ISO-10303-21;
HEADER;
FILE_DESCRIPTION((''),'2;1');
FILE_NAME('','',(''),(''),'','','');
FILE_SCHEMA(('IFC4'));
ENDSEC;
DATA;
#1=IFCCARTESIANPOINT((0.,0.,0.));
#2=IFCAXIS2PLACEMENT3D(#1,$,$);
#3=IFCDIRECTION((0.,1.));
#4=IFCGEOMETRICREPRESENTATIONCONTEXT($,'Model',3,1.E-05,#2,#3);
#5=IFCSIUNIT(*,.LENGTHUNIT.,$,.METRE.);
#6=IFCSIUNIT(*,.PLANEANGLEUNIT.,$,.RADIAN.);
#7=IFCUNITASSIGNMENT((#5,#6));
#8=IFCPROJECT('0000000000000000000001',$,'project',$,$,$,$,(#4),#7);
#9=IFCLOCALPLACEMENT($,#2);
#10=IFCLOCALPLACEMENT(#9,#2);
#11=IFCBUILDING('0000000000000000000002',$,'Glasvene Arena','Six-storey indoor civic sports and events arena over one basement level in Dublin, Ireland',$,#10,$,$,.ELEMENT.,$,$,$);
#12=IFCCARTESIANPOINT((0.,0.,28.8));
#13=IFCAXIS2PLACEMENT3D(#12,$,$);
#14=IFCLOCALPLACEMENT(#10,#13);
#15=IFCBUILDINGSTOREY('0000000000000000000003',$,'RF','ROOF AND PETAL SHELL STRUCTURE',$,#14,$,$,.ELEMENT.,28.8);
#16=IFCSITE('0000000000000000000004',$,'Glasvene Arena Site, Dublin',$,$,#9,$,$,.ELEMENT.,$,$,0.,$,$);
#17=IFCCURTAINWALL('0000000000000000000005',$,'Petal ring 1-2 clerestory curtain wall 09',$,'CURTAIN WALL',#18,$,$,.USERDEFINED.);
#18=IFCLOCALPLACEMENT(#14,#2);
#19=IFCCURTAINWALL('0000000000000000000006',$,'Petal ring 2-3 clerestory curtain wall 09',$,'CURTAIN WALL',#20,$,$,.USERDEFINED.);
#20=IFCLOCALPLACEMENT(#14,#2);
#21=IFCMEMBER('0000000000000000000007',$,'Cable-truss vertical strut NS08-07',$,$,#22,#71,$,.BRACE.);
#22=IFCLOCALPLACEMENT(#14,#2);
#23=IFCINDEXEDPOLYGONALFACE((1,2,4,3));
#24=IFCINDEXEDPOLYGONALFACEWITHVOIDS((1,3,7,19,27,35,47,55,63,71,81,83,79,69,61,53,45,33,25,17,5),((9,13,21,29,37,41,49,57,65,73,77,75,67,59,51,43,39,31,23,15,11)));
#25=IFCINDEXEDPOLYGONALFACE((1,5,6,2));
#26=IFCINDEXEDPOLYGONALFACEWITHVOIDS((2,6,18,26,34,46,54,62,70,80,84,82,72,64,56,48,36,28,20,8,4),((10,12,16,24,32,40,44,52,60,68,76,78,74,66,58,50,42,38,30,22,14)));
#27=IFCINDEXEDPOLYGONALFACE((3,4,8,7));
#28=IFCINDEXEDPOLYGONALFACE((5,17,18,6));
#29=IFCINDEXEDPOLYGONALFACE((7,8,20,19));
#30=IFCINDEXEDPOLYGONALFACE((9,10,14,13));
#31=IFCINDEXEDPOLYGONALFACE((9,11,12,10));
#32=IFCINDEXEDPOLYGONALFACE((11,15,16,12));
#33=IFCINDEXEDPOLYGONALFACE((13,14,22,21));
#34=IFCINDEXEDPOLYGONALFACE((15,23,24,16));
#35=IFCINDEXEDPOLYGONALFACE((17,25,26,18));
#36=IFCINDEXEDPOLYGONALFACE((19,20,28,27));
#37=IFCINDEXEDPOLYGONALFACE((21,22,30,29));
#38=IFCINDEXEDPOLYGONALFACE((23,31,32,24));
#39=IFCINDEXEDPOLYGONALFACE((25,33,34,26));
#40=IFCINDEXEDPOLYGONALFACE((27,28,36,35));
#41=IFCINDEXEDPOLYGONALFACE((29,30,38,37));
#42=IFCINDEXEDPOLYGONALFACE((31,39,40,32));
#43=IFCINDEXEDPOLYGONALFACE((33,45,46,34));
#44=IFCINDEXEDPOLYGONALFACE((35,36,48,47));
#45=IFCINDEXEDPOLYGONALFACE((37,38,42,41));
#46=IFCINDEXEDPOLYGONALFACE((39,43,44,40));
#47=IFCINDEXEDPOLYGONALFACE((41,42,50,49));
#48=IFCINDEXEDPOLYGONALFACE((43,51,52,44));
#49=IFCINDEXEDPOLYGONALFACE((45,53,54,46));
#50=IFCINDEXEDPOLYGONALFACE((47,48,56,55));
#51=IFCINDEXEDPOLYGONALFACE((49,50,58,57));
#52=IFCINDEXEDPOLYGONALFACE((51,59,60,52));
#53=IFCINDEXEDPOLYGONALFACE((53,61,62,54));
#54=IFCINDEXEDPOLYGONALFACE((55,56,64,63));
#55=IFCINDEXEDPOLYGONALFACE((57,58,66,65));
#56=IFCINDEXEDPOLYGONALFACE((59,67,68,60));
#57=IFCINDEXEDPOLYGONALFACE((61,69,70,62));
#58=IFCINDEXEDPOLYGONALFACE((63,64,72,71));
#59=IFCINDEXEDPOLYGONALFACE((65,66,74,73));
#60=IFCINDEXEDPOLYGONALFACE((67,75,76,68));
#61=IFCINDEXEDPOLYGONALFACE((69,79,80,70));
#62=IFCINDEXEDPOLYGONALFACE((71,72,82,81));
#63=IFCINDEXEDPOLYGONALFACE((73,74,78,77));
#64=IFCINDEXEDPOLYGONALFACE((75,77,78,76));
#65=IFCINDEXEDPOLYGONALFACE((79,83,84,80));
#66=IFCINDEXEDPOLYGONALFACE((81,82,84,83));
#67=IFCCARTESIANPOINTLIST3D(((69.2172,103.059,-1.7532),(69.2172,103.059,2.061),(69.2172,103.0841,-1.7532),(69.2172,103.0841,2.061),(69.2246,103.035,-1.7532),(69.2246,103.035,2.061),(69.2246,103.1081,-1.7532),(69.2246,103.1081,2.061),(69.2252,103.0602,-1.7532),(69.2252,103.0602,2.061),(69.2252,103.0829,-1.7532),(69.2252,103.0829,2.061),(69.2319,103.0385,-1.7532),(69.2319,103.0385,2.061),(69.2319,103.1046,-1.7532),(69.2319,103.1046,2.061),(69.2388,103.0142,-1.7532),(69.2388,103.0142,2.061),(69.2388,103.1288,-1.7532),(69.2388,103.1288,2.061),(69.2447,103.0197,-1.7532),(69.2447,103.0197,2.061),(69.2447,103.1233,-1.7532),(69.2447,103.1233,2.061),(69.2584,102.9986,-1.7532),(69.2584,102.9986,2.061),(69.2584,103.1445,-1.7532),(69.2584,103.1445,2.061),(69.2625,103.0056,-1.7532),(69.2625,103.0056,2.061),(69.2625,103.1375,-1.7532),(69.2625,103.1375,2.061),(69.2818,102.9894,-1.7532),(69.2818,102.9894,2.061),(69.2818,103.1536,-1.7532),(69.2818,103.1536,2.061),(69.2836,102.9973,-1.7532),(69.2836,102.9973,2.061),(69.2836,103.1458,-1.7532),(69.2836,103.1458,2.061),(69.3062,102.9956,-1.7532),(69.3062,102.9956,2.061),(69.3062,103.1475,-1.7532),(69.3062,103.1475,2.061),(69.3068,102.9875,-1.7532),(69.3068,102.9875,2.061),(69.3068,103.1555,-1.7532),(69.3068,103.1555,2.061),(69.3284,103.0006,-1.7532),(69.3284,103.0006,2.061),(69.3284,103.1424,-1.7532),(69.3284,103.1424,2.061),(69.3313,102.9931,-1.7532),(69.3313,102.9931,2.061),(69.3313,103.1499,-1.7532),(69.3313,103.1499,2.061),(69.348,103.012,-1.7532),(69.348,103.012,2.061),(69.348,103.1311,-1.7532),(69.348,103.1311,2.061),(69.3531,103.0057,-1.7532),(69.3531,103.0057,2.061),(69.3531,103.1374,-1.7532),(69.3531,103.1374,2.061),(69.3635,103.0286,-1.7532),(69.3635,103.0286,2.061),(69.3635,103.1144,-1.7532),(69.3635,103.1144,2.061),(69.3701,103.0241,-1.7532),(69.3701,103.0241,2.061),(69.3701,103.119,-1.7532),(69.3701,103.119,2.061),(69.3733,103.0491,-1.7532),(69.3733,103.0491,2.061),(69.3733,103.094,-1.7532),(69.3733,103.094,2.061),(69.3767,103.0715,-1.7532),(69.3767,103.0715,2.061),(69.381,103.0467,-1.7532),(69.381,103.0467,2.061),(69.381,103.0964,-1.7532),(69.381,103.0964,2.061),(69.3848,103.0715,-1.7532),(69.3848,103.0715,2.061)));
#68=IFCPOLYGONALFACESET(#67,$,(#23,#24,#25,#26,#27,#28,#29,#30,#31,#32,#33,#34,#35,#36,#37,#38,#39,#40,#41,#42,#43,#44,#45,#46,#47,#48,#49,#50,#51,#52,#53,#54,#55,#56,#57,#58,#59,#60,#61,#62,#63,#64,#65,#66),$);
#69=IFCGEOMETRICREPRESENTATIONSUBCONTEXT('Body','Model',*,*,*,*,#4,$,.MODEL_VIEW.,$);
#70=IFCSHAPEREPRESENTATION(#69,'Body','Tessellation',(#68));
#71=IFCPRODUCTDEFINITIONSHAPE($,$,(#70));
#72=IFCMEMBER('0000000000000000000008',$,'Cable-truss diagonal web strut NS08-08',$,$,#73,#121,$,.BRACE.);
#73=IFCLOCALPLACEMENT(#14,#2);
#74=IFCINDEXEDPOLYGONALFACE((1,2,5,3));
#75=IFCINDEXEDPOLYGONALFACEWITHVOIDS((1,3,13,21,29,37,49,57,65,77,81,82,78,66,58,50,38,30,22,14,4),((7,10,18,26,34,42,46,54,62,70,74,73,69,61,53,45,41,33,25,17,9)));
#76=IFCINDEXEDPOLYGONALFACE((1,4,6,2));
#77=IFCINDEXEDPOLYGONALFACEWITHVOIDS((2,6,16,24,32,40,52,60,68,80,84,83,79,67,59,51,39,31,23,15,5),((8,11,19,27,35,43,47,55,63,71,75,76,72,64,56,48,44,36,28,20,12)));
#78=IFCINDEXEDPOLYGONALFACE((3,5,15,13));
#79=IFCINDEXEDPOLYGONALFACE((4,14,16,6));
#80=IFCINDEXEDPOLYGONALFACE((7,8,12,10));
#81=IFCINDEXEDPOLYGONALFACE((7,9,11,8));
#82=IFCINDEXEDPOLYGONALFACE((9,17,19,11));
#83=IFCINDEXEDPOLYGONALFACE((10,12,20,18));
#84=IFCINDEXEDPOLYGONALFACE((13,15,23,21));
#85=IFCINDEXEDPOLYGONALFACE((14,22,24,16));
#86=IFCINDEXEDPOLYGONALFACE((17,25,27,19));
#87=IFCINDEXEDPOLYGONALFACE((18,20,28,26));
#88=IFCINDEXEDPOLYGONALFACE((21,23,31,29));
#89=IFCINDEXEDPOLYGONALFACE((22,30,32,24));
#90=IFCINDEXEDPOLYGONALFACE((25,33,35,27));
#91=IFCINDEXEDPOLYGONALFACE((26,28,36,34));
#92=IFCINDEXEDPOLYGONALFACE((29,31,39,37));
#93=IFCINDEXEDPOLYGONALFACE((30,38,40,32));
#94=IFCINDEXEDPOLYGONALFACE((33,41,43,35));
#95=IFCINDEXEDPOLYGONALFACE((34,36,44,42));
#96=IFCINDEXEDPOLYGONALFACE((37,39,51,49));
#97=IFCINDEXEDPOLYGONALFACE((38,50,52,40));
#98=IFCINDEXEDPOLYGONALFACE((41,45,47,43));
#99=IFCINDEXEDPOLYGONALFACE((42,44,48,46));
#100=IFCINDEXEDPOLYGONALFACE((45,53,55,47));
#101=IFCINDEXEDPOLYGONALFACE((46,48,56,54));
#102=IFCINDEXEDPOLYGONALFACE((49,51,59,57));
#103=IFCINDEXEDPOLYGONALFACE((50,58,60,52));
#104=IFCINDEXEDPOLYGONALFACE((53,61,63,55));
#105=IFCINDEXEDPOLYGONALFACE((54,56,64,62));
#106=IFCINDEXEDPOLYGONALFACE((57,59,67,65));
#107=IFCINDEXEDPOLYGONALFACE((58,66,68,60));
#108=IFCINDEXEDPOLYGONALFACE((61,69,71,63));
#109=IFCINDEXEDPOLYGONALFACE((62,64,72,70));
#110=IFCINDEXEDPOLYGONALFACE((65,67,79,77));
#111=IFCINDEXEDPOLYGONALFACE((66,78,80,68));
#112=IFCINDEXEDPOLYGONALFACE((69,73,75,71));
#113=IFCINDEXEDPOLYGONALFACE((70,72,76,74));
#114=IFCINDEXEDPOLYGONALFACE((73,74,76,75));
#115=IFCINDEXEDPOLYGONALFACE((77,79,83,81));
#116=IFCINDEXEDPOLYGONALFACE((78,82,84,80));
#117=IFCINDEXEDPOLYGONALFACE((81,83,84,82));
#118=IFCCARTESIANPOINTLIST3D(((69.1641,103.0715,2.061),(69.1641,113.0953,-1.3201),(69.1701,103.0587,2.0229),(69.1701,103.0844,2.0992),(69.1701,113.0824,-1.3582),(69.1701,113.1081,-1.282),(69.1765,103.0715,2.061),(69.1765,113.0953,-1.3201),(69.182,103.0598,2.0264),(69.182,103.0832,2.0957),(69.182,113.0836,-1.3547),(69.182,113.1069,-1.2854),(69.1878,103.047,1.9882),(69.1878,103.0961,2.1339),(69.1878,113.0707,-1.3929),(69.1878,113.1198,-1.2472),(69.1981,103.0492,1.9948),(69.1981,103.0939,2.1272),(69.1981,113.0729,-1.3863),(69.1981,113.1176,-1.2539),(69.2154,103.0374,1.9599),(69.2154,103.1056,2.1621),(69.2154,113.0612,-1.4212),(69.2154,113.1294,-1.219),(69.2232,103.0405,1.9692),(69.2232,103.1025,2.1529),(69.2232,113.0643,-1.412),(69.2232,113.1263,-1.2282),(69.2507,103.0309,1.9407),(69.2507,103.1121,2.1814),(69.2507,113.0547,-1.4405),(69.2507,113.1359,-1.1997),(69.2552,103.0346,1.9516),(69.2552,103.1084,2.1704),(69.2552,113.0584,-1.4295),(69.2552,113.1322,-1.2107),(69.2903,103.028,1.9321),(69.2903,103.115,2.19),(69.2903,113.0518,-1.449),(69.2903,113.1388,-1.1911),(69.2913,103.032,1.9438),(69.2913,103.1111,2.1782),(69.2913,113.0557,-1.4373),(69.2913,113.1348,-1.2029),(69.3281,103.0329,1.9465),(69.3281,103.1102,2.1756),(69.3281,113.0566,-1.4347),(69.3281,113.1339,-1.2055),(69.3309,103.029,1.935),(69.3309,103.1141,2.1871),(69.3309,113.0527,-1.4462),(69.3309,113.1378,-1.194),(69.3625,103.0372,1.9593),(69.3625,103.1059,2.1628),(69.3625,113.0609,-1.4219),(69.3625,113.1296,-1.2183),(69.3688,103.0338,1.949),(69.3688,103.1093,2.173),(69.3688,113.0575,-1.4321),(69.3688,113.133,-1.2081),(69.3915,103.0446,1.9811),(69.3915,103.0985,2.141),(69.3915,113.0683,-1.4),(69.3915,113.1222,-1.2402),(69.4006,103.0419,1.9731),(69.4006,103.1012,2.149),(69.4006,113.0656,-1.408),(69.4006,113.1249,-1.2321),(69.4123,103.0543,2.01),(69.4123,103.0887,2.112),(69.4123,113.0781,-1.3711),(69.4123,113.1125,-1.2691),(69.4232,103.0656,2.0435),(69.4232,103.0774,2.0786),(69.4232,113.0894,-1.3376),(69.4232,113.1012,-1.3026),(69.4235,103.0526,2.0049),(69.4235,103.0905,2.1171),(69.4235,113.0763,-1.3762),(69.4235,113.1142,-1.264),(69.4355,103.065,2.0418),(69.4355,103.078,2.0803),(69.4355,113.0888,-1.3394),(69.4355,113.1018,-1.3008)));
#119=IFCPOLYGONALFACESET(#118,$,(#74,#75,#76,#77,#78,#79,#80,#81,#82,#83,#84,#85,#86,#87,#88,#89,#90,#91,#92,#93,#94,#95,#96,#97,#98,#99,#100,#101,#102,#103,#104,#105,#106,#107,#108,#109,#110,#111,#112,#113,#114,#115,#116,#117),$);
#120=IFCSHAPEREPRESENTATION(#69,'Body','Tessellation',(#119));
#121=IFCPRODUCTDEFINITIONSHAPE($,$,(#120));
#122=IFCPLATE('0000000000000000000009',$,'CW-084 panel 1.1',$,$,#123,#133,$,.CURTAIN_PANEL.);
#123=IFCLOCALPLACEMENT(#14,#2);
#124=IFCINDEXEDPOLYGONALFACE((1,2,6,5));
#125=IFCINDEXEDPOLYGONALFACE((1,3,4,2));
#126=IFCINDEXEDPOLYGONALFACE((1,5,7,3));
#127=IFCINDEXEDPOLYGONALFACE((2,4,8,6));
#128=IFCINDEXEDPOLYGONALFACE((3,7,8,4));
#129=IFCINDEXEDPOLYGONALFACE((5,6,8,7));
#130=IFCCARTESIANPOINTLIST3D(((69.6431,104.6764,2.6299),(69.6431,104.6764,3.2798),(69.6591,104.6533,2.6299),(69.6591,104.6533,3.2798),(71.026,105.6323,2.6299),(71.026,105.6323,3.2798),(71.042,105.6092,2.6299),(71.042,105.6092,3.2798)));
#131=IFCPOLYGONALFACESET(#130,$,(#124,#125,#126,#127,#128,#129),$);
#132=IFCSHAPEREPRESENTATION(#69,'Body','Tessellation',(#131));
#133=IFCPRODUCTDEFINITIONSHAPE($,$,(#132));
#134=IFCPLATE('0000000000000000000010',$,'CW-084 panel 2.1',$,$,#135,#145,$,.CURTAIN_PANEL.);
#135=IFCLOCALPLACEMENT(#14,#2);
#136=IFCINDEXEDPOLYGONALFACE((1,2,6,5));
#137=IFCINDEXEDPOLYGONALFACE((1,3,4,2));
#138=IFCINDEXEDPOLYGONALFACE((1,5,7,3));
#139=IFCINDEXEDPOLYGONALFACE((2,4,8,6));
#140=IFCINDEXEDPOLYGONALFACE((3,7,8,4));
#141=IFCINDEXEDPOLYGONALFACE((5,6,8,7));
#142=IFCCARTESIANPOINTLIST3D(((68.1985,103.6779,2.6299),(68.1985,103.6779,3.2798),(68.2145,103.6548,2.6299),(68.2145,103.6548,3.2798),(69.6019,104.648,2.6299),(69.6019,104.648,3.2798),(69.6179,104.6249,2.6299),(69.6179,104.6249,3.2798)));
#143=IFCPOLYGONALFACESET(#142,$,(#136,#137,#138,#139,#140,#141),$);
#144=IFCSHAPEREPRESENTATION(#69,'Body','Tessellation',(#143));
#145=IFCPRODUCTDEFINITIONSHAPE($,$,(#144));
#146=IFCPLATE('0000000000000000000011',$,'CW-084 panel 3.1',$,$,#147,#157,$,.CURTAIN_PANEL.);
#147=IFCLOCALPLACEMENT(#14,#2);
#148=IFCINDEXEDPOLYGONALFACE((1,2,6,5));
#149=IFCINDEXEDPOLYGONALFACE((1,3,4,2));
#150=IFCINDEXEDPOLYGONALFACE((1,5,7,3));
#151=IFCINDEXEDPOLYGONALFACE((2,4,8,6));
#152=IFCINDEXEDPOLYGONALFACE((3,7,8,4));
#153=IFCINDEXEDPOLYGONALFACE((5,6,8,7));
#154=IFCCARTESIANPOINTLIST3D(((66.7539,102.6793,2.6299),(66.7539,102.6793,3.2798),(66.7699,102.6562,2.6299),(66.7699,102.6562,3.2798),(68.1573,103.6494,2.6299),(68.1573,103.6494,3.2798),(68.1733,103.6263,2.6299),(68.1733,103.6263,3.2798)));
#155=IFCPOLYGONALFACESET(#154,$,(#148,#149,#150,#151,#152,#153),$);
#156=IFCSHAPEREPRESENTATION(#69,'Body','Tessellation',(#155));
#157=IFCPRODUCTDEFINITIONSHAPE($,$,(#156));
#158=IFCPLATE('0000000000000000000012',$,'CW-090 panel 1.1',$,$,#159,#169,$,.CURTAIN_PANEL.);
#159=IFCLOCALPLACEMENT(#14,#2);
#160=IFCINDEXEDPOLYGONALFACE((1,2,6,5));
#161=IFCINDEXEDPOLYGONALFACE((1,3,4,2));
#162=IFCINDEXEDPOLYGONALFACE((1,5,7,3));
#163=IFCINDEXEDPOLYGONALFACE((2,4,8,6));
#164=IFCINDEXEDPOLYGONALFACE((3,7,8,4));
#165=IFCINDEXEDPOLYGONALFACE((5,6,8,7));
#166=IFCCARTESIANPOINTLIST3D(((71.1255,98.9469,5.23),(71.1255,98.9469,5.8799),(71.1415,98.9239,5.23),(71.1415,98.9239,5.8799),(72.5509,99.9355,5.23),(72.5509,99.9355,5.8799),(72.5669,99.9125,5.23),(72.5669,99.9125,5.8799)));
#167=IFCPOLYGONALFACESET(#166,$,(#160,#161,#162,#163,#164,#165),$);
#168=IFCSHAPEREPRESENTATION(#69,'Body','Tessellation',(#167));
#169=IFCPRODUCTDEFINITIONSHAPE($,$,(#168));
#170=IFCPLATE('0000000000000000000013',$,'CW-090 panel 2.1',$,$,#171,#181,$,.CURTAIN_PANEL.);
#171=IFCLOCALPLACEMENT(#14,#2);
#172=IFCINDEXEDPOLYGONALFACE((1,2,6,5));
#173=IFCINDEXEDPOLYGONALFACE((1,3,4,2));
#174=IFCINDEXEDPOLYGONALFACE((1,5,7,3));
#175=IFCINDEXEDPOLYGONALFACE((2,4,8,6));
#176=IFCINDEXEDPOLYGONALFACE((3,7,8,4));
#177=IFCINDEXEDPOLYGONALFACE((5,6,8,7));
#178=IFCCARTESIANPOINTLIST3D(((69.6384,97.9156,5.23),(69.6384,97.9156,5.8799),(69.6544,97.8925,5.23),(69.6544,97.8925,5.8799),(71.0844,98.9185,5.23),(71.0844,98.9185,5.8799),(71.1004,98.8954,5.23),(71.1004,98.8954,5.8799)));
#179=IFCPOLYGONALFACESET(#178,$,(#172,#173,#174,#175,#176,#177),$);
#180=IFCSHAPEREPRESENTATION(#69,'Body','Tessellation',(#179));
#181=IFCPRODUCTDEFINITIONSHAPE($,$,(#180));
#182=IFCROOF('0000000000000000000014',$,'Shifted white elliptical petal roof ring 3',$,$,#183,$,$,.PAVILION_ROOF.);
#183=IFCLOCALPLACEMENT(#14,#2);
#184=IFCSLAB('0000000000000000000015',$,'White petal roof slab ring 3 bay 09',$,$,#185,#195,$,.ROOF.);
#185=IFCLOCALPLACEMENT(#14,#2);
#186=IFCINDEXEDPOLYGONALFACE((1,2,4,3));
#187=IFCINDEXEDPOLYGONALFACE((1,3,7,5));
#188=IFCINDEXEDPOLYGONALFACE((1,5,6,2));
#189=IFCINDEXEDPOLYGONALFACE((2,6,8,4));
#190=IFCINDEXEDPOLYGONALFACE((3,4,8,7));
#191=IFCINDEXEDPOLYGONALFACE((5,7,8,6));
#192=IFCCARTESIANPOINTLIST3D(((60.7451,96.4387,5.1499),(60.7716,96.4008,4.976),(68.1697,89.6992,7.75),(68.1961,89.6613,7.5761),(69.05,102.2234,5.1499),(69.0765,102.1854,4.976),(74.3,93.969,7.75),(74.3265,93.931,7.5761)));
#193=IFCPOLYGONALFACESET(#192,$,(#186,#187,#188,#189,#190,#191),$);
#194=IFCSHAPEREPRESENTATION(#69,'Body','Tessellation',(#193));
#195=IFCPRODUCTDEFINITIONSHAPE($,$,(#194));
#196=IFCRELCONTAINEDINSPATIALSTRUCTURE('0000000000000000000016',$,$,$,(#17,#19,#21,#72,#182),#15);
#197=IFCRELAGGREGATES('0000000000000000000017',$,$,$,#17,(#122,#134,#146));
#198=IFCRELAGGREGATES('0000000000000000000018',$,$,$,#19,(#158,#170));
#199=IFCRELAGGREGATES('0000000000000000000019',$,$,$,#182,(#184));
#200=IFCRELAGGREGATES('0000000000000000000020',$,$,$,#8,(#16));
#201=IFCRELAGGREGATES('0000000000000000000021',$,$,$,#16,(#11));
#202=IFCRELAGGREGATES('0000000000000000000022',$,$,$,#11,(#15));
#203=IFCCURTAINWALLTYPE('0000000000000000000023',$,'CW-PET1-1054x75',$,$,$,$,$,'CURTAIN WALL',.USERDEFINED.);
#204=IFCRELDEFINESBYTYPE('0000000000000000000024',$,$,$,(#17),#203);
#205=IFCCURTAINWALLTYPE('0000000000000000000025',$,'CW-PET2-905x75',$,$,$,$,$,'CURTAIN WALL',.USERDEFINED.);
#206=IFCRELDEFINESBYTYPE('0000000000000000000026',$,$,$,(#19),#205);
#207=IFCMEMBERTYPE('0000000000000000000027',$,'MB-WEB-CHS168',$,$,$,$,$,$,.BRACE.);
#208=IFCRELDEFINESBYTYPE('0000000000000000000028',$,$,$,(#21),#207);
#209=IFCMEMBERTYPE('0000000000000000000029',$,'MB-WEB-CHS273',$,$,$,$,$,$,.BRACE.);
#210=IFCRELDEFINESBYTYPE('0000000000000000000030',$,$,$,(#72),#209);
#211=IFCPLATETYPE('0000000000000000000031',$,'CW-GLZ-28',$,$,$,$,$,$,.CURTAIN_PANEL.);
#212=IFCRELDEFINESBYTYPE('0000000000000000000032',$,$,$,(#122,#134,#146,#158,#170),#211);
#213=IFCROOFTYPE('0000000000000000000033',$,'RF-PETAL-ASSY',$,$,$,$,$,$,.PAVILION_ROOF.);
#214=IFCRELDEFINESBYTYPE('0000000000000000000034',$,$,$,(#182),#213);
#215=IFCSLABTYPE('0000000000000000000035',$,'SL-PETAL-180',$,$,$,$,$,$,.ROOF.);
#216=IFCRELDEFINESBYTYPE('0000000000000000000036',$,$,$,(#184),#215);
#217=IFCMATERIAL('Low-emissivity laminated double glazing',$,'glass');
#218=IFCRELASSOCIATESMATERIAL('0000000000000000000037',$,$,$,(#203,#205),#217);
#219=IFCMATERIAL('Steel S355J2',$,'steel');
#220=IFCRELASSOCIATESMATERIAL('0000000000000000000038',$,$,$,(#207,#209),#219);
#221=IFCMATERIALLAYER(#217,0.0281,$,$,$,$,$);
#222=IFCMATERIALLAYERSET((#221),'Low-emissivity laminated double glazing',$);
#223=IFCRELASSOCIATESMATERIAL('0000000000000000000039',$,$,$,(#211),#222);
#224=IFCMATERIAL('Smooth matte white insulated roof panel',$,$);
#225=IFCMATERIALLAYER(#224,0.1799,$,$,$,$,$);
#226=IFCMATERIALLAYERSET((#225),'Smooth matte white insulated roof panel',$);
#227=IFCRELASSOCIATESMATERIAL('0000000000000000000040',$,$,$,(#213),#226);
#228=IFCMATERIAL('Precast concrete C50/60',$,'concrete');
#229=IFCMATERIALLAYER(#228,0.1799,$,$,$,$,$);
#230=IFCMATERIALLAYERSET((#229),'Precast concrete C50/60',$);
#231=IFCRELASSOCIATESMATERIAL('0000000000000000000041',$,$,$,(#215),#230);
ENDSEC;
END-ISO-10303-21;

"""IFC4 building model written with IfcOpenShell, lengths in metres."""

from ifc_helpers import new_model, si_unit, direction, frame, origin, origin_2d, place, context, subcontext, project, spatial, polyline, rectangle, hollow_circle, outline, extrude, material, layer, layer_set, material_profile, profile_set, type_object, element, aggregate, save


model = new_model("IFC4")

# Units and contexts
model_context = context("Model", 3, precision=1e-05, world=origin(), true_north=direction((0.0, 1.0)))
body_context = subcontext(model_context, "Body", "Model", "MODEL_VIEW")
ifc_project = project(units=[si_unit("LENGTHUNIT", "METRE"), si_unit("PLANEANGLEUNIT", "RADIAN")], contexts=[model_context])

# Site, building, storey
site_placement = place(None, origin())
site = spatial("IfcSite", under=ifc_project, at=site_placement, Name="Glasvene Arena Site, Dublin", CompositionType="ELEMENT", RefElevation=0.0)
building_placement = place(site_placement, origin())
building = spatial("IfcBuilding", under=site, at=building_placement, Name="Glasvene Arena", Description="Six-storey indoor civic sports and events arena over one basement level in Dublin, Ireland", CompositionType="ELEMENT")
storey_placement = place(building_placement, frame((0.0, 0.0, 28.8)))
storey = spatial("IfcBuildingStorey", under=building, at=storey_placement, Name="RF", Description="ROOF AND PETAL SHELL STRUCTURE", CompositionType="ELEMENT", Elevation=28.8)

# Shared definitions
ifc_material_1 = material(Name="Low-emissivity laminated double glazing", Category="glass")

# Curtain wall
curtain_wall_type_1 = type_object("IfcCurtainWallType", Name="CW-PET1-1054x75", ElementType="CURTAIN WALL", PredefinedType="USERDEFINED", material=ifc_material_1)
curtain_wall_1_placement = place(storey_placement, frame((71.075, 105.6492, 0.0)))
curtain_wall_1 = element("IfcCurtainWall", 1, at=curtain_wall_1_placement, inside=storey, type_object=curtain_wall_type_1, Name="Petal ring 1-2 clerestory curtain wall 09", ObjectType="CURTAIN WALL", PredefinedType="USERDEFINED")

# Curtain wall
curtain_wall_type_2 = type_object("IfcCurtainWallType", Name="CW-PET2-905x75", ElementType="CURTAIN WALL", PredefinedType="USERDEFINED", material=ifc_material_1)
curtain_wall_2_placement = place(storey_placement, frame((72.6001, 99.9524, 0.0)))
curtain_wall_2 = element("IfcCurtainWall", 2, at=curtain_wall_2_placement, inside=storey, type_object=curtain_wall_type_2, Name="Petal ring 2-3 clerestory curtain wall 09", ObjectType="CURTAIN WALL", PredefinedType="USERDEFINED")

# Members
ifc_material_2 = material(Name="Steel S355J2", Category="steel")
ifc_material_profile_1 = material_profile(ifc_material_2, hollow_circle(Radius=0.0842, WallThickness=0.0081, at=origin_2d()), Name="CHS 168.3x8.0")
ifc_profile_set_1 = profile_set([ifc_material_profile_1], Name="Steel S355J2")
member_type_1 = type_object("IfcMemberType", Name="MB-WEB-CHS168", PredefinedType="BRACE", material=ifc_profile_set_1)
member_1_placement = place(storey_placement, frame((69.3005, 103.0715, -1.7532), z_axis=(0.0, 0.0, 1.0), x_axis=(1.0, 0.0, 0.0)))
element("IfcMember", 3, at=member_1_placement, inside=storey, type_object=member_type_1, Name="Cable-truss vertical strut NS08-07", PredefinedType="BRACE", context=body_context, shape_type="SweptSolid", body=[
    extrude(hollow_circle(Radius=0.0842, WallThickness=0.0081, at=origin_2d()), origin(), (0.0, 0.0, 1.0), 3.8142),
])
ifc_material_profile_2 = material_profile(ifc_material_2, hollow_circle(Radius=0.1365, WallThickness=0.0125, at=origin_2d()), Name="CHS 273.0x12.5")
ifc_profile_set_2 = profile_set([ifc_material_profile_2], Name="Steel S355J2")
member_type_2 = type_object("IfcMemberType", Name="MB-WEB-CHS273", PredefinedType="BRACE", material=ifc_profile_set_2)
member_2_placement = place(storey_placement, frame((69.3005, 103.0715, 2.061), z_axis=(0.0, 0.947546, -0.319618), x_axis=(-1.0, 0.0, 0.0)))
element("IfcMember", 4, at=member_2_placement, inside=storey, type_object=member_type_2, Name="Cable-truss diagonal web strut NS08-08", PredefinedType="BRACE", context=body_context, shape_type="SweptSolid", body=[
    extrude(hollow_circle(Radius=0.1365, WallThickness=0.0125, at=origin_2d()), origin(), (0.0, 0.0, 1.0), 10.5786),
])

# Plates
ifc_layer_1 = layer(ifc_material_1, 0.0281)
ifc_layer_set_1 = layer_set([ifc_layer_1], Name="Low-emissivity laminated double glazing")
plate_type = type_object("IfcPlateType", Name="CW-GLZ-28", PredefinedType="CURTAIN_PANEL", material=ifc_layer_set_1)
plate_1_placement = place(storey_placement, frame((70.3425, 105.1428, 2.6299), z_axis=(0.0, 0.0, 1.0), x_axis=(-0.822601, -0.568619, 0.0)))
plate_1 = element("IfcPlate", 5, at=plate_1_placement, type_object=plate_type, Name="CW-084 panel 1.1", PredefinedType="CURTAIN_PANEL", context=body_context, shape_type="SweptSolid", body=[
    extrude(rectangle(XDim=1.6812, YDim=0.0281, at=origin_2d()), origin(), (0.0, 0.0, 1.0), 0.6499),
])
plate_2_placement = place(storey_placement, frame((68.9082, 104.1514, 2.6299), z_axis=(0.0, 0.0, 1.0), x_axis=(-0.822601, -0.568619, 0.0)))
plate_2 = element("IfcPlate", 6, at=plate_2_placement, type_object=plate_type, Name="CW-084 panel 2.1", PredefinedType="CURTAIN_PANEL", context=body_context, shape_type="SweptSolid", body=[
    extrude(rectangle(XDim=1.7061, YDim=0.0281, at=origin_2d()), origin(), (0.0, 0.0, 1.0), 0.6499),
])
plate_3_placement = place(storey_placement, frame((67.4636, 103.1528, 2.6299), z_axis=(0.0, 0.0, 1.0), x_axis=(-0.822601, -0.568619, 0.0)))
plate_3 = element("IfcPlate", 7, at=plate_3_placement, type_object=plate_type, Name="CW-084 panel 3.1", PredefinedType="CURTAIN_PANEL", context=body_context, shape_type="SweptSolid", body=[
    extrude(rectangle(XDim=1.7061, YDim=0.0281, at=origin_2d()), origin(), (0.0, 0.0, 1.0), 0.6499),
])
aggregate(curtain_wall_1, [plate_1, plate_2, plate_3])
plate_4_placement = place(storey_placement, frame((71.8462, 99.4297, 5.23), z_axis=(0.0, 0.0, 1.0), x_axis=(-0.821699, -0.569921, 0.0)))
plate_4 = element("IfcPlate", 8, at=plate_4_placement, type_object=plate_type, Name="CW-090 panel 1.1", PredefinedType="CURTAIN_PANEL", context=body_context, shape_type="SweptSolid", body=[
    extrude(rectangle(XDim=1.7346, YDim=0.0281, at=origin_2d()), origin(), (0.0, 0.0, 1.0), 0.6499),
])
plate_5_placement = place(storey_placement, frame((70.3694, 98.4055, 5.23), z_axis=(0.0, 0.0, 1.0), x_axis=(-0.821699, -0.569921, 0.0)))
plate_5 = element("IfcPlate", 9, at=plate_5_placement, type_object=plate_type, Name="CW-090 panel 2.1", PredefinedType="CURTAIN_PANEL", context=body_context, shape_type="SweptSolid", body=[
    extrude(rectangle(XDim=1.7598, YDim=0.0281, at=origin_2d()), origin(), (0.0, 0.0, 1.0), 0.6499),
])
aggregate(curtain_wall_2, [plate_4, plate_5])

# Roof, slab
ifc_material_3 = material(Name="Smooth matte white insulated roof panel")
ifc_layer_2 = layer(ifc_material_3, 0.1799)
ifc_layer_set_2 = layer_set([ifc_layer_2], Name="Smooth matte white insulated roof panel")
roof_type = type_object("IfcRoofType", Name="RF-PETAL-ASSY", PredefinedType="PAVILION_ROOF", material=ifc_layer_set_2)
roof_placement = place(storey_placement, frame((89.1001, 70.7, 5.1499)))
roof = element("IfcRoof", 10, at=roof_placement, inside=storey, type_object=roof_type, Name="Shifted white elliptical petal roof ring 3", PredefinedType="PAVILION_ROOF")
ifc_material_4 = material(Name="Precast concrete C50/60", Category="concrete")
ifc_layer_3 = layer(ifc_material_4, 0.1799)
ifc_layer_set_3 = layer_set([ifc_layer_3], Name="Precast concrete C50/60")
slab_type = type_object("IfcSlabType", Name="SL-PETAL-180", PredefinedType="ROOF", material=ifc_layer_set_3)
slab_placement = place(storey_placement, frame((69.05, 102.2234, 5.1499), z_axis=(-0.146935, 0.210957, 0.966389), x_axis=(-0.820566, -0.571551, 0.000003)))
slab = element("IfcSlab", 11, at=slab_placement, type_object=slab_type, Name="White petal roof slab ring 3 bay 09", PredefinedType="ROOF", context=body_context, shape_type="SweptSolid", body=[
    extrude(outline(polyline([(0.0, 0.0), (10.121, 0.0), (7.8806, 10.1137), (0.4098, 10.1139), (0.0, 0.0)])), origin(), (0.0, 0.0, -1.0), 0.1799),
])
aggregate(roof, [slab])

save(model, "model.ifc")
